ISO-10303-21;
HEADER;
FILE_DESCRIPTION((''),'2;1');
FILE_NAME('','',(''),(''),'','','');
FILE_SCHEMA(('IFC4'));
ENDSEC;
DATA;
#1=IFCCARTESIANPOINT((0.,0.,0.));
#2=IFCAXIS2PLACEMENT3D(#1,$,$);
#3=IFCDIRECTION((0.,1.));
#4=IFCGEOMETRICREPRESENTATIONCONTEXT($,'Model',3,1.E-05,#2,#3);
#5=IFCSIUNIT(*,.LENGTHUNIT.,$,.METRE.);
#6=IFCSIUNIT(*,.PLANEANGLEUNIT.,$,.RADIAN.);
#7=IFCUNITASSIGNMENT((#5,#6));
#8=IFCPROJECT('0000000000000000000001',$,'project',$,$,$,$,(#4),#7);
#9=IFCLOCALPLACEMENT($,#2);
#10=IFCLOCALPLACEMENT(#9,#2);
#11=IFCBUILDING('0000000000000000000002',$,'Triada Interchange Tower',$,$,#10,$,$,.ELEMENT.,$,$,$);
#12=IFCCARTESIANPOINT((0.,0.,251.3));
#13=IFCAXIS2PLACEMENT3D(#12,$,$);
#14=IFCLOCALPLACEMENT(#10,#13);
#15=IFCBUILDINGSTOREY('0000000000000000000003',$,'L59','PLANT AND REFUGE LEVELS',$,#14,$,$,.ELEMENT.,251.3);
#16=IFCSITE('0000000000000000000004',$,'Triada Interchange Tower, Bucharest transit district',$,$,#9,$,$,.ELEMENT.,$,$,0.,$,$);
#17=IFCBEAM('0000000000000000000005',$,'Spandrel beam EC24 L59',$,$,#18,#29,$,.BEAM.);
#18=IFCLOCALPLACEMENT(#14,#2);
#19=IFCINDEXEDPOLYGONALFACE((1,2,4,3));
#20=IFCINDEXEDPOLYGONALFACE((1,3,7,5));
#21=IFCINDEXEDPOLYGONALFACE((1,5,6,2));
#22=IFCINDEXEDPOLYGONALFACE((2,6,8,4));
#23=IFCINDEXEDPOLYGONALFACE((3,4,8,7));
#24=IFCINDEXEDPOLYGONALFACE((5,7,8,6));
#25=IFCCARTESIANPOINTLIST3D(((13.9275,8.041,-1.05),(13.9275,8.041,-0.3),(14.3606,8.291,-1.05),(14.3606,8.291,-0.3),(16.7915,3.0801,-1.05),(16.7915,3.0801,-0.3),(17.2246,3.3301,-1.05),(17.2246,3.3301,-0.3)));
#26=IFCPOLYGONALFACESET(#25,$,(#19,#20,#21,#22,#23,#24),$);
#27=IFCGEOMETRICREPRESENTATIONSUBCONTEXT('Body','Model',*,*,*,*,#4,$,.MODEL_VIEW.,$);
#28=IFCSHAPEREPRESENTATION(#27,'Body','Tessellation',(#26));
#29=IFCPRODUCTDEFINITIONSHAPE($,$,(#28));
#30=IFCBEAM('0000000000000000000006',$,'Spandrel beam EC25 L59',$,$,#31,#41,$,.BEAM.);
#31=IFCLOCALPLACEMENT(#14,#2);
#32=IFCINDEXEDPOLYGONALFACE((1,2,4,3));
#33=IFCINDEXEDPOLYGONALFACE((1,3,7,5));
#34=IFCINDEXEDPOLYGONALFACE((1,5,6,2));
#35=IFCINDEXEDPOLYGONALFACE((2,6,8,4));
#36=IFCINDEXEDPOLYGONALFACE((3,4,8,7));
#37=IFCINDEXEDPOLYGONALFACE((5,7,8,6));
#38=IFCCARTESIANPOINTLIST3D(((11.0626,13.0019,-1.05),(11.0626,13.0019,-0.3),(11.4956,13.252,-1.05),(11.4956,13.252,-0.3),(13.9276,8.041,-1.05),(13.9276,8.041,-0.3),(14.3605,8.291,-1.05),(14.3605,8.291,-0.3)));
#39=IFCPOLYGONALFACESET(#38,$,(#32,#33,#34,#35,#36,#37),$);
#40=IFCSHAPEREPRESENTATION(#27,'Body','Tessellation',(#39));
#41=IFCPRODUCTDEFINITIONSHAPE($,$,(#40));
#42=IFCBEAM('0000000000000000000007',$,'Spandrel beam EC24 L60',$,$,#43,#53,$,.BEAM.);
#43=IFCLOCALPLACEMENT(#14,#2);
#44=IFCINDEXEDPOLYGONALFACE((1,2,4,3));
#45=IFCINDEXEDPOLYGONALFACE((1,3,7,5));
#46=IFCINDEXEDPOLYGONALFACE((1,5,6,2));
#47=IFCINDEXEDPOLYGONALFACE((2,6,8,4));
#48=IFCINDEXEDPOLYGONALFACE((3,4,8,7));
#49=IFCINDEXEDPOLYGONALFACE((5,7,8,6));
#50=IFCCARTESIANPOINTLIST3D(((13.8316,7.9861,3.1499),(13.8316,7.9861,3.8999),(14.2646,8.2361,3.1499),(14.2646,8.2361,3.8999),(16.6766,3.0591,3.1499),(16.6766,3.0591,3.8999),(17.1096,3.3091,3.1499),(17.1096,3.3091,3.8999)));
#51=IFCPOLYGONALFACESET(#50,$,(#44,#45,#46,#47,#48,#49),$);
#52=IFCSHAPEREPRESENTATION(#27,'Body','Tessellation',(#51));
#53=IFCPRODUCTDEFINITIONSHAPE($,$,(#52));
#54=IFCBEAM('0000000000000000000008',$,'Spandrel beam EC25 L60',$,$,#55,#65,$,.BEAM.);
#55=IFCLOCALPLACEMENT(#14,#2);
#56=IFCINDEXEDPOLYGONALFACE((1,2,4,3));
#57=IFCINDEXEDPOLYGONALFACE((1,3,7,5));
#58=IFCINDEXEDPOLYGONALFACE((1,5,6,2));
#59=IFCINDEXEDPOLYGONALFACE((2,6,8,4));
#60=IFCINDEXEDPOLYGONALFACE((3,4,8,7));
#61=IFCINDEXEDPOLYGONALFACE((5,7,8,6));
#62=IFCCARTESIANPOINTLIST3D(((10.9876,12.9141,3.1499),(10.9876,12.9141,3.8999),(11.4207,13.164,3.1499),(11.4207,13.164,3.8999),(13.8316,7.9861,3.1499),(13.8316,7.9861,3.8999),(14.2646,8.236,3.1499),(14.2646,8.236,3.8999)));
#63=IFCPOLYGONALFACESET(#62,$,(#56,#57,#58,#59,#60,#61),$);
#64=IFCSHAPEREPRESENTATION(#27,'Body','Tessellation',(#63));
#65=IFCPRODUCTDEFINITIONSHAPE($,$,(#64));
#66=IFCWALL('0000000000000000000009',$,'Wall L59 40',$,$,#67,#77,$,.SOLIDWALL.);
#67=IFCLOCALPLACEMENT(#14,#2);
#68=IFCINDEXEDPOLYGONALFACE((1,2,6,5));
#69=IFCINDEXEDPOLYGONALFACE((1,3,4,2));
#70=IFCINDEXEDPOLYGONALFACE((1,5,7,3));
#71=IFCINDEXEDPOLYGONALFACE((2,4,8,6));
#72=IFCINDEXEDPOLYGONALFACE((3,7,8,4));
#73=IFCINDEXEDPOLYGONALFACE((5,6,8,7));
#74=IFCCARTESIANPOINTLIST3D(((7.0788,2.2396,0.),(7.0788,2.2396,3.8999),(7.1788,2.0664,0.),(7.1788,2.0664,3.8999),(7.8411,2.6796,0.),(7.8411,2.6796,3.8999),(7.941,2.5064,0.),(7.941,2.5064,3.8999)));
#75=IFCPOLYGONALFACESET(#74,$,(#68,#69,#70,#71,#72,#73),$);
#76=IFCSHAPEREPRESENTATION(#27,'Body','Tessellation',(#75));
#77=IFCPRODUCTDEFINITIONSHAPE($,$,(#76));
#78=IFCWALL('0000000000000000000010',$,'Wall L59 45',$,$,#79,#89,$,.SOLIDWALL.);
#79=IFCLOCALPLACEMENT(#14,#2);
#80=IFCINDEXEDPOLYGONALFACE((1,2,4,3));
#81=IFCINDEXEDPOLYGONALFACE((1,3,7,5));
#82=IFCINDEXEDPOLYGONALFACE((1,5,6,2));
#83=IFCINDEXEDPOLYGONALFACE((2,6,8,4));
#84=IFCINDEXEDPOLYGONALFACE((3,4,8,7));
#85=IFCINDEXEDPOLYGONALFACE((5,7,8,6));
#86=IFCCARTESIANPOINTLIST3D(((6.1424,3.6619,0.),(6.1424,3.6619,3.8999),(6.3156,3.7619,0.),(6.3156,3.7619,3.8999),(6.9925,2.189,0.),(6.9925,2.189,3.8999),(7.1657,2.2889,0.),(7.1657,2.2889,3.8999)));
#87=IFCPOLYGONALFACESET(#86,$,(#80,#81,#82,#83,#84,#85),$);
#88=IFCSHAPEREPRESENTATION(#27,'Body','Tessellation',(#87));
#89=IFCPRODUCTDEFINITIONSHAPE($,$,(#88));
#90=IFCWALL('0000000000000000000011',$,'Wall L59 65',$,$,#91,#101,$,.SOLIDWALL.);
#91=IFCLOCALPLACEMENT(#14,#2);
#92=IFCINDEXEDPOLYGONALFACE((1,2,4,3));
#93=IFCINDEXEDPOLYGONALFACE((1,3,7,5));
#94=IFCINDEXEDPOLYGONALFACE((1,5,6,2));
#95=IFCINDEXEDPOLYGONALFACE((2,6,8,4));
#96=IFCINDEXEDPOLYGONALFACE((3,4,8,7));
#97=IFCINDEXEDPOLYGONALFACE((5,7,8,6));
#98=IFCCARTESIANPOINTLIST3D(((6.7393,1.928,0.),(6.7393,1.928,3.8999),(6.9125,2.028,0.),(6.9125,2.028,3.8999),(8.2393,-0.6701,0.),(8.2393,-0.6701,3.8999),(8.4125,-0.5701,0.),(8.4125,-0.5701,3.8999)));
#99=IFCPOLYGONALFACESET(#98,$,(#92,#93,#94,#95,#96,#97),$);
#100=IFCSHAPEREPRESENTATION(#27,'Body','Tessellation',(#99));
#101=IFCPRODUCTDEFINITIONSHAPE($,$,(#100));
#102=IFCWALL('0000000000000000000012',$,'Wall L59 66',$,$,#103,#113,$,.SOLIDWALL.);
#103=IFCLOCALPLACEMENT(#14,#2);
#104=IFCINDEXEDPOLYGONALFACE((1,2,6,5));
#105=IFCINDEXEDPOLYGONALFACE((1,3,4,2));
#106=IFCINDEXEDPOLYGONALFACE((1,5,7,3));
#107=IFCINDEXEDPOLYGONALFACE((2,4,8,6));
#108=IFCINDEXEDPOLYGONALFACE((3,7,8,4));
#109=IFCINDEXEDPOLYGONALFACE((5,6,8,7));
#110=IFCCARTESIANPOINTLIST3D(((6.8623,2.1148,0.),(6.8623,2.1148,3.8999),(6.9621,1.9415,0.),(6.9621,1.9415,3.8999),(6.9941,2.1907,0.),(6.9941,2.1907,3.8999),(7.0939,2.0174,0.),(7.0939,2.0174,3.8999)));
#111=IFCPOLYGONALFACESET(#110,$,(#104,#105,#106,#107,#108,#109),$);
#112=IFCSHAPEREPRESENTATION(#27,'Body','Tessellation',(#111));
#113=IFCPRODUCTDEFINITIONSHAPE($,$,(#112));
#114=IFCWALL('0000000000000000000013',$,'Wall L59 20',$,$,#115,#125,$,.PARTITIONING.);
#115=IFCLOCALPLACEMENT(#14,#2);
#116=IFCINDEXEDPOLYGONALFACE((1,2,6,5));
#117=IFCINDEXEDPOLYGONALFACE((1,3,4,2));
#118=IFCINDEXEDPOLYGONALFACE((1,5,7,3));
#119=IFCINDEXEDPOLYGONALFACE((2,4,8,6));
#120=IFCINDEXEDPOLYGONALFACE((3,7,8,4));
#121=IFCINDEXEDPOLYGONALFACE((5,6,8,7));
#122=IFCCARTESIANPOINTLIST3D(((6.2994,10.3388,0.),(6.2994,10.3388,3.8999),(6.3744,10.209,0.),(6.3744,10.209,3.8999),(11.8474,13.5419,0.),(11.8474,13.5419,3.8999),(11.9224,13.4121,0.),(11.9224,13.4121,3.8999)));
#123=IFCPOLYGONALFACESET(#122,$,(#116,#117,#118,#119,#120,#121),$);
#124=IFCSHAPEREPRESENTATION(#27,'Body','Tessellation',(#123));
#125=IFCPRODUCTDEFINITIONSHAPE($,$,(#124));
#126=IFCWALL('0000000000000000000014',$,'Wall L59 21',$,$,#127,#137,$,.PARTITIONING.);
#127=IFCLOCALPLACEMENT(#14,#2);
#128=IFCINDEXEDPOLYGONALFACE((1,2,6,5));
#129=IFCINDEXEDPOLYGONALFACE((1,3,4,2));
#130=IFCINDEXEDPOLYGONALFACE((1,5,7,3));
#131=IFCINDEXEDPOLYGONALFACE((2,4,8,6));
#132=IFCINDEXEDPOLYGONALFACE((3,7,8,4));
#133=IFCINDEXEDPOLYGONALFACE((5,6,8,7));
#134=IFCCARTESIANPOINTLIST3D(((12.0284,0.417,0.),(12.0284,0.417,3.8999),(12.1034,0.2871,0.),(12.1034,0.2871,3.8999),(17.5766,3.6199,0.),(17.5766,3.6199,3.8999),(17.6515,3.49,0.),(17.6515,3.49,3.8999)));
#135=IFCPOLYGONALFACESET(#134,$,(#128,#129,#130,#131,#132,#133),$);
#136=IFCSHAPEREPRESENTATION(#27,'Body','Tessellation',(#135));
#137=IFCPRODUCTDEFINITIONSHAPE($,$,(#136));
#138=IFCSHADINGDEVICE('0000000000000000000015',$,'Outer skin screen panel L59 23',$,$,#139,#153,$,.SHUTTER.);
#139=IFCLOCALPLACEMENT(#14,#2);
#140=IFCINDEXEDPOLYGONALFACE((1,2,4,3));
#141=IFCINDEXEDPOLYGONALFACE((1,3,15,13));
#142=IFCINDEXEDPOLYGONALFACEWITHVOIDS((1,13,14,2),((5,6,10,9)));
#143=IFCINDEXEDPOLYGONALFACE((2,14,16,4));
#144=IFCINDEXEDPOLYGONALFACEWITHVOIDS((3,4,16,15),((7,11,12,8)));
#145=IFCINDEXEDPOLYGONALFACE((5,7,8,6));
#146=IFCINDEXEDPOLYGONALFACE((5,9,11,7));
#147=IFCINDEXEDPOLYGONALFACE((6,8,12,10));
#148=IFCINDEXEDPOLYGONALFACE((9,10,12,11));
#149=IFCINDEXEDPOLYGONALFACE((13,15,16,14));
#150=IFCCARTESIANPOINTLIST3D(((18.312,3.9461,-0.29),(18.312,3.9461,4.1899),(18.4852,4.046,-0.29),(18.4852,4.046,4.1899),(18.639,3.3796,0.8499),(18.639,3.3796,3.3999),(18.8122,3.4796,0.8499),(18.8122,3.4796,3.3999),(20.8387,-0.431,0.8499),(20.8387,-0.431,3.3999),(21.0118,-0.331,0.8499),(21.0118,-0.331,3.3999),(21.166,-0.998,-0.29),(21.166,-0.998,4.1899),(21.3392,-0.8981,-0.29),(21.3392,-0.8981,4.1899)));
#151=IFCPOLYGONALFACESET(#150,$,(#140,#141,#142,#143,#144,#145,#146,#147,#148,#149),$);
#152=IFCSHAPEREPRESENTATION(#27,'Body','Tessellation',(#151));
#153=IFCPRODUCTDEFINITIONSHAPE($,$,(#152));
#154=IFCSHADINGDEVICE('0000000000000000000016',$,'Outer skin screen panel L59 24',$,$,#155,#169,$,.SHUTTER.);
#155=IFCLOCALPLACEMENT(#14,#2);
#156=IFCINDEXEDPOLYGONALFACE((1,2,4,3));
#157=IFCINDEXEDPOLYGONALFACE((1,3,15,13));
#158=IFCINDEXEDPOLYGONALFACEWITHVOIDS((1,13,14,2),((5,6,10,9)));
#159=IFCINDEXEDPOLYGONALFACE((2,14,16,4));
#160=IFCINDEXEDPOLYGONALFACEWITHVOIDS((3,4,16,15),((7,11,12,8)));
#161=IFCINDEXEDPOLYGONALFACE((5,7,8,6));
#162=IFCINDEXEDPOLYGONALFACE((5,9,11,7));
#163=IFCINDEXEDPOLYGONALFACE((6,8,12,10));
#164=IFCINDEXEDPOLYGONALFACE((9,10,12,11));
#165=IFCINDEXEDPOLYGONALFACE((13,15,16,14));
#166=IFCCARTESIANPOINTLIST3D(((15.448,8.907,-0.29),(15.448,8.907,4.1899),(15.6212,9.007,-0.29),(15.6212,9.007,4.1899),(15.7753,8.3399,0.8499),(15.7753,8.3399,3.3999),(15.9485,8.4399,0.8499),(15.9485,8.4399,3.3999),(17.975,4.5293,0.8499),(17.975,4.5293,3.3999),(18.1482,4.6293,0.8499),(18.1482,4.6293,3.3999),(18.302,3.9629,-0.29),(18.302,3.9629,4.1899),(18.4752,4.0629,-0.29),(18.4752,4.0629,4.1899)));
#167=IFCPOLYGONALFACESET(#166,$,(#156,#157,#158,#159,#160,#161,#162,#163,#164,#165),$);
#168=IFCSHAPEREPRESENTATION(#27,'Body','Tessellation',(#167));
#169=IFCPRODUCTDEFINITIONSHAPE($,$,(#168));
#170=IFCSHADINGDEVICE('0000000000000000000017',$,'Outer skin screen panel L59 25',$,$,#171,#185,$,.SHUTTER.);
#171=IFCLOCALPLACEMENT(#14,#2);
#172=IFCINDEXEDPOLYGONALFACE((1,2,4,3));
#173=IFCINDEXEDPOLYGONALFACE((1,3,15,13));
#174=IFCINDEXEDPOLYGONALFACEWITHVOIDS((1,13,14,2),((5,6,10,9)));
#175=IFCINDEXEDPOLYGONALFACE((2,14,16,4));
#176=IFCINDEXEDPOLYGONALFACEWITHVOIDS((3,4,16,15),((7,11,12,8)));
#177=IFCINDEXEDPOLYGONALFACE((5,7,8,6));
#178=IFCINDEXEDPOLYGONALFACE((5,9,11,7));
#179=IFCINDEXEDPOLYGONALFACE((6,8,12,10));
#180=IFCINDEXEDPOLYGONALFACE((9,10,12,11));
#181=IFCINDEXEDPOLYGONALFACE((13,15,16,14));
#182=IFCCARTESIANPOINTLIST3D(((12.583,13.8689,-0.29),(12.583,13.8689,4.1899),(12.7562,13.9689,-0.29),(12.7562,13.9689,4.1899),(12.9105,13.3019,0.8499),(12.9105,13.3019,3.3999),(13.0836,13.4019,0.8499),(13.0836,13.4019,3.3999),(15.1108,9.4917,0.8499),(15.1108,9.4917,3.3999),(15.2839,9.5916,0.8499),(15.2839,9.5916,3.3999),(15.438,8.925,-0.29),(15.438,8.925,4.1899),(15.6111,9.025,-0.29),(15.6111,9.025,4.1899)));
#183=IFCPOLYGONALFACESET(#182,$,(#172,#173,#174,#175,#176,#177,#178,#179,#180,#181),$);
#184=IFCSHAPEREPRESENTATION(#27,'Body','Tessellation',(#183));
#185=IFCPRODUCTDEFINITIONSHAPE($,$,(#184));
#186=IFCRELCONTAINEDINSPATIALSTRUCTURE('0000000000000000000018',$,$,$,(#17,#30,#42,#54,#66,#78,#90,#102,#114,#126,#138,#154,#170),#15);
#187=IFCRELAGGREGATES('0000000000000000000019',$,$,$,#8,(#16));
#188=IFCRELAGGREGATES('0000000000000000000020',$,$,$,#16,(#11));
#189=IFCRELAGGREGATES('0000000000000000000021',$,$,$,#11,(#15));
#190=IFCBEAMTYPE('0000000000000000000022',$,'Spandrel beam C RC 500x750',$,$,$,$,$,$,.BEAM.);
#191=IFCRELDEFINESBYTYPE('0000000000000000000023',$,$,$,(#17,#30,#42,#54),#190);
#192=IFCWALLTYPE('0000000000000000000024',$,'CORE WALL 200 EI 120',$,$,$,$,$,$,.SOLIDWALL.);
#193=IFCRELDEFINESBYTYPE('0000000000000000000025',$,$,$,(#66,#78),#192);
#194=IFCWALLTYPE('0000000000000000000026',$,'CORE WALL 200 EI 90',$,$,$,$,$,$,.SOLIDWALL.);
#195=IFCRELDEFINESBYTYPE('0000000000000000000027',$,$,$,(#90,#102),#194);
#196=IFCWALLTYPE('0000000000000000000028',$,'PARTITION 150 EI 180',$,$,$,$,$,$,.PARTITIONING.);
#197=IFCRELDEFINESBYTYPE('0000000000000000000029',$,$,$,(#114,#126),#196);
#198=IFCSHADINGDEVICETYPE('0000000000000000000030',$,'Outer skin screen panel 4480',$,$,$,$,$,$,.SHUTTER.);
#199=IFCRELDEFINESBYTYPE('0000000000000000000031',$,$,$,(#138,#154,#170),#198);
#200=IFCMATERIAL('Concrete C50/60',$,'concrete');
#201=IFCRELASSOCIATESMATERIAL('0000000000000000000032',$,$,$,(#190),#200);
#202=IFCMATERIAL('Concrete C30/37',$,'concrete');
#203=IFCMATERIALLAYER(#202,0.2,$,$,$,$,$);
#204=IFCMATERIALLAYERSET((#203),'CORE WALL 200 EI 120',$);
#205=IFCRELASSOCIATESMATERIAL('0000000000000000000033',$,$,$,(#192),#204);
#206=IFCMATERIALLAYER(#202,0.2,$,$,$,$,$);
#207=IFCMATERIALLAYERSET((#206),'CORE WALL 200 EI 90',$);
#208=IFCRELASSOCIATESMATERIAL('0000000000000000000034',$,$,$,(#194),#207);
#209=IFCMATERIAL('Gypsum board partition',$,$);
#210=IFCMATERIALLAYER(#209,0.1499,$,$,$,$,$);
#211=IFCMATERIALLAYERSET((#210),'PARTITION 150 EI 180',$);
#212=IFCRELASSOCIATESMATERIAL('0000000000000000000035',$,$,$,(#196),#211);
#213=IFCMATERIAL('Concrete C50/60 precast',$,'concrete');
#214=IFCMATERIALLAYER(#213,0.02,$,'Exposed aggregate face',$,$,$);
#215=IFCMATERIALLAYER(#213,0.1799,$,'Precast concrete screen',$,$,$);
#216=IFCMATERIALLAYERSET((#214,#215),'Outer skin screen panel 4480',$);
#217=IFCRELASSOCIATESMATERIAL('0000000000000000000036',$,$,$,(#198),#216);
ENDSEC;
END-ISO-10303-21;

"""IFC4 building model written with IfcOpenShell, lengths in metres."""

from ifc_helpers import new_model, si_unit, direction, frame, frame_2d, origin, origin_2d, place, context, subcontext, project, spatial, polyline, rectangle, outline, extrude, material, layer, layer_set, material_profile, profile_set, type_object, element, save


model = new_model("IFC4")

# Units and contexts
model_context = context("Model", 3, precision=1e-05, world=origin(), true_north=direction((0.0, 1.0)))
body_context = subcontext(model_context, "Body", "Model", "MODEL_VIEW")
ifc_project = project(units=[si_unit("LENGTHUNIT", "METRE"), si_unit("PLANEANGLEUNIT", "RADIAN")], contexts=[model_context])

# Site, building, storey
site_placement = place(None, origin())
site = spatial("IfcSite", under=ifc_project, at=site_placement, Name="Triada Interchange Tower, Bucharest transit district", CompositionType="ELEMENT", RefElevation=0.0)
building_placement = place(site_placement, origin())
building = spatial("IfcBuilding", under=site, at=building_placement, Name="Triada Interchange Tower", CompositionType="ELEMENT")
storey_placement = place(building_placement, frame((0.0, 0.0, 251.3)))
storey = spatial("IfcBuildingStorey", under=building, at=storey_placement, Name="L59", Description="PLANT AND REFUGE LEVELS", CompositionType="ELEMENT", Elevation=251.3)

# Shared definitions
ifc_material_1 = material(Name="Concrete C50/60", Category="concrete")

# Beams
ifc_material_profile_1 = material_profile(ifc_material_1, rectangle(XDim=0.5, YDim=0.75, at=origin_2d()), Name="RC 500x750")
ifc_profile_set_1 = profile_set([ifc_material_profile_1], Name="Concrete C50/60")
beam_type_1 = type_object("IfcBeamType", Name="Spandrel beam C RC 500x750", PredefinedType="BEAM", material=ifc_profile_set_1)
beam_1_placement = place(storey_placement, frame((17.0081, 3.2051, -0.675), z_axis=(-0.499976, 0.866039, 0.0), x_axis=(-0.866039, -0.499976, 0.0)))
element("IfcBeam", 1, at=beam_1_placement, inside=storey, type_object=beam_type_1, Name="Spandrel beam EC24 L59", PredefinedType="BEAM", context=body_context, shape_type="SweptSolid", body=[
    extrude(rectangle(XDim=0.5, YDim=0.75, at=origin_2d()), origin(), (0.0, 0.0, 1.0), 5.7283),
])
beam_2_placement = place(storey_placement, frame((14.144, 8.166, -0.675), z_axis=(-0.500104, 0.865966, 0.0), x_axis=(-0.865966, -0.500104, 0.0)))
element("IfcBeam", 2, at=beam_2_placement, inside=storey, type_object=beam_type_1, Name="Spandrel beam EC25 L59", PredefinedType="BEAM", context=body_context, shape_type="SweptSolid", body=[
    extrude(rectangle(XDim=0.5, YDim=0.75, at=origin_2d()), origin(), (0.0, 0.0, 1.0), 5.7288),
])
beam_3_placement = place(storey_placement, frame((16.8931, 3.1841, 3.5249), z_axis=(-0.500048, 0.865998, 0.0), x_axis=(-0.865998, -0.500048, 0.0)))
element("IfcBeam", 3, at=beam_3_placement, inside=storey, type_object=beam_type_1, Name="Spandrel beam EC24 L60", PredefinedType="BEAM", context=body_context, shape_type="SweptSolid", body=[
    extrude(rectangle(XDim=0.5, YDim=0.75, at=origin_2d()), origin(), (0.0, 0.0, 1.0), 5.6895),
])
beam_4_placement = place(storey_placement, frame((14.0481, 8.1111, 3.5249), z_axis=(-0.499845, 0.866115, 0.0), x_axis=(-0.866115, -0.499845, 0.0)))
element("IfcBeam", 4, at=beam_4_placement, inside=storey, type_object=beam_type_1, Name="Spandrel beam EC25 L60", PredefinedType="BEAM", context=body_context, shape_type="SweptSolid", body=[
    extrude(rectangle(XDim=0.5, YDim=0.75, at=origin_2d()), origin(), (0.0, 0.0, 1.0), 5.6897),
])

# Walls
ifc_material_2 = material(Name="Concrete C30/37", Category="concrete")
ifc_layer_1 = layer(ifc_material_2, 0.2)
ifc_layer_set_1 = layer_set([ifc_layer_1], Name="CORE WALL 200 EI 120")
wall_type_1 = type_object("IfcWallType", Name="CORE WALL 200 EI 120", PredefinedType="SOLIDWALL", material=ifc_layer_set_1)
wall_1_placement = place(storey_placement, frame((7.1289, 2.1531, 0.0), z_axis=(0.0, 0.0, 1.0), x_axis=(0.866084, 0.499899, 0.0)))
element("IfcWall", 5, at=wall_1_placement, inside=storey, type_object=wall_type_1, Name="Wall L59 40", PredefinedType="SOLIDWALL", context=body_context, shape_type="SweptSolid", body=[
    extrude(rectangle(XDim=0.8801, YDim=0.2, at=frame_2d((0.4399, 0.0))), origin(), (0.0, 0.0, 1.0), 3.8999),
])
wall_2_placement = place(storey_placement, frame((6.229, 3.7119, 0.0), z_axis=(0.0, 0.0, 1.0), x_axis=(0.499876, -0.866097, 0.0)))
element("IfcWall", 6, at=wall_2_placement, inside=storey, type_object=wall_type_1, Name="Wall L59 45", PredefinedType="SOLIDWALL", context=body_context, shape_type="SweptSolid", body=[
    extrude(rectangle(XDim=1.7007, YDim=0.2, at=frame_2d((0.8503, 0.0))), origin(), (0.0, 0.0, 1.0), 3.8999),
])
ifc_layer_2 = layer(ifc_material_2, 0.2)
ifc_layer_set_2 = layer_set([ifc_layer_2], Name="CORE WALL 200 EI 90")
wall_type_2 = type_object("IfcWallType", Name="CORE WALL 200 EI 90", PredefinedType="SOLIDWALL", material=ifc_layer_set_2)
wall_3_placement = place(storey_placement, frame((6.8259, 1.978, 0.0), z_axis=(0.0, 0.0, 1.0), x_axis=(0.49999, -0.866031, 0.0)))
element("IfcWall", 7, at=wall_3_placement, inside=storey, type_object=wall_type_2, Name="Wall L59 65", PredefinedType="SOLIDWALL", context=body_context, shape_type="SweptSolid", body=[
    extrude(rectangle(XDim=3.0, YDim=0.2, at=frame_2d((1.5, 0.0))), origin(), (0.0, 0.0, 1.0), 3.8999),
])
wall_4_placement = place(storey_placement, frame((6.9121, 2.0281, 0.0), z_axis=(0.0, 0.0, 1.0), x_axis=(0.866559, 0.499074, 0.0)))
element("IfcWall", 8, at=wall_4_placement, inside=storey, type_object=wall_type_2, Name="Wall L59 66", PredefinedType="SOLIDWALL", context=body_context, shape_type="SweptSolid", body=[
    extrude(rectangle(XDim=0.1521, YDim=0.2, at=frame_2d((0.0762, 0.0))), origin(), (0.0, 0.0, 1.0), 3.8999),
])
ifc_material_3 = material(Name="Gypsum board partition")
ifc_layer_3 = layer(ifc_material_3, 0.1499)
ifc_layer_set_3 = layer_set([ifc_layer_3], Name="PARTITION 150 EI 180")
wall_type_3 = type_object("IfcWallType", Name="PARTITION 150 EI 180", PredefinedType="PARTITIONING", material=ifc_layer_set_3)
for number, where, z_axis, x_axis, name in (
    (9, (6.3369, 10.2739, 0.0), (0.0, 0.0, 1.0), (0.86603, 0.499992, 0.0), "Wall L59 20"),
    (10, (12.0659, 0.3521, 0.0), (0.0, 0.0, 1.0), (0.866047, 0.499963, 0.0), "Wall L59 21"),
):
    element("IfcWall", number, at=place(storey_placement, frame(where, z_axis=z_axis, x_axis=x_axis)), inside=storey, type_object=wall_type_3, Name=name, PredefinedType="PARTITIONING", context=body_context, shape_type="SweptSolid", body=[
        extrude(rectangle(XDim=6.4062, YDim=0.1499, at=frame_2d((3.2031, 0.0))), origin(), (0.0, 0.0, 1.0), 3.8999),
    ])

# Shading devices
ifc_material_4 = material(Name="Concrete C50/60 precast", Category="concrete")
ifc_layer_4 = layer(ifc_material_4, 0.02, Name="Exposed aggregate face")
ifc_layer_5 = layer(ifc_material_4, 0.1799, Name="Precast concrete screen")
ifc_layer_set_4 = layer_set([ifc_layer_4, ifc_layer_5], Name="Outer skin screen panel 4480")
shading_device_type = type_object("IfcShadingDeviceType", Name="Outer skin screen panel 4480", PredefinedType="SHUTTER", material=ifc_layer_set_4)
shading_device_1_placement = place(storey_placement, frame((21.166, -0.998, -0.29), z_axis=(0.0, 0.0, 1.0), x_axis=(-0.499938, 0.866061, 0.0)))
element("IfcShadingDevice", 11, at=shading_device_1_placement, inside=storey, type_object=shading_device_type, Name="Outer skin screen panel L59 23", PredefinedType="SHUTTER", context=body_context, shape_type="SweptSolid", body=[
    extrude(outline(polyline([(0.0, 0.0), (5.7087, 0.0), (5.7087, 4.48), (0.0, 4.48), (0.0, 0.0)]), holes=[polyline([(0.6548, 1.1399), (0.6548, 3.6899), (5.0547, 3.6899), (5.0547, 1.1399), (0.6548, 1.1399)])]), frame((0.0, 0.0, 0.0), z_axis=(0.0, -1.0, 0.0), x_axis=(1.0, 0.0, 0.0)), (0.0, 0.0, 1.0), 0.2),
])
shading_device_2_placement = place(storey_placement, frame((18.302, 3.9629, -0.29), z_axis=(0.0, 0.0, 1.0), x_axis=(-0.499938, 0.866061, 0.0)))
element("IfcShadingDevice", 12, at=shading_device_2_placement, inside=storey, type_object=shading_device_type, Name="Outer skin screen panel L59 24", PredefinedType="SHUTTER", context=body_context, shape_type="SweptSolid", body=[
    extrude(outline(polyline([(0.0, 0.0), (5.7087, 0.0), (5.7087, 4.48), (0.0, 4.48), (0.0, 0.0)]), holes=[polyline([(0.6541, 1.1399), (0.6541, 3.6899), (5.054, 3.6899), (5.054, 1.1399), (0.6541, 1.1399)])]), frame((0.0, 0.0, 0.0), z_axis=(0.0, -1.0, 0.0), x_axis=(1.0, 0.0, 0.0)), (0.0, 0.0, 1.0), 0.2),
])
shading_device_3_placement = place(storey_placement, frame((15.438, 8.925, -0.29), z_axis=(0.0, 0.0, 1.0), x_axis=(-0.500085, 0.865976, 0.0)))
element("IfcShadingDevice", 13, at=shading_device_3_placement, inside=storey, type_object=shading_device_type, Name="Outer skin screen panel L59 25", PredefinedType="SHUTTER", context=body_context, shape_type="SweptSolid", body=[
    extrude(outline(polyline([(0.0, 0.0), (5.709, 0.0), (5.709, 4.48), (0.0, 4.48), (0.0, 0.0)]), holes=[polyline([(0.6543, 1.1399), (0.6543, 3.6899), (5.0542, 3.6899), (5.0542, 1.1399), (0.6543, 1.1399)])]), frame((0.0, 0.0, 0.0), z_axis=(0.0, -1.0, 0.0), x_axis=(1.0, 0.0, 0.0)), (0.0, 0.0, 1.0), 0.2),
])

save(model, "model.ifc")
